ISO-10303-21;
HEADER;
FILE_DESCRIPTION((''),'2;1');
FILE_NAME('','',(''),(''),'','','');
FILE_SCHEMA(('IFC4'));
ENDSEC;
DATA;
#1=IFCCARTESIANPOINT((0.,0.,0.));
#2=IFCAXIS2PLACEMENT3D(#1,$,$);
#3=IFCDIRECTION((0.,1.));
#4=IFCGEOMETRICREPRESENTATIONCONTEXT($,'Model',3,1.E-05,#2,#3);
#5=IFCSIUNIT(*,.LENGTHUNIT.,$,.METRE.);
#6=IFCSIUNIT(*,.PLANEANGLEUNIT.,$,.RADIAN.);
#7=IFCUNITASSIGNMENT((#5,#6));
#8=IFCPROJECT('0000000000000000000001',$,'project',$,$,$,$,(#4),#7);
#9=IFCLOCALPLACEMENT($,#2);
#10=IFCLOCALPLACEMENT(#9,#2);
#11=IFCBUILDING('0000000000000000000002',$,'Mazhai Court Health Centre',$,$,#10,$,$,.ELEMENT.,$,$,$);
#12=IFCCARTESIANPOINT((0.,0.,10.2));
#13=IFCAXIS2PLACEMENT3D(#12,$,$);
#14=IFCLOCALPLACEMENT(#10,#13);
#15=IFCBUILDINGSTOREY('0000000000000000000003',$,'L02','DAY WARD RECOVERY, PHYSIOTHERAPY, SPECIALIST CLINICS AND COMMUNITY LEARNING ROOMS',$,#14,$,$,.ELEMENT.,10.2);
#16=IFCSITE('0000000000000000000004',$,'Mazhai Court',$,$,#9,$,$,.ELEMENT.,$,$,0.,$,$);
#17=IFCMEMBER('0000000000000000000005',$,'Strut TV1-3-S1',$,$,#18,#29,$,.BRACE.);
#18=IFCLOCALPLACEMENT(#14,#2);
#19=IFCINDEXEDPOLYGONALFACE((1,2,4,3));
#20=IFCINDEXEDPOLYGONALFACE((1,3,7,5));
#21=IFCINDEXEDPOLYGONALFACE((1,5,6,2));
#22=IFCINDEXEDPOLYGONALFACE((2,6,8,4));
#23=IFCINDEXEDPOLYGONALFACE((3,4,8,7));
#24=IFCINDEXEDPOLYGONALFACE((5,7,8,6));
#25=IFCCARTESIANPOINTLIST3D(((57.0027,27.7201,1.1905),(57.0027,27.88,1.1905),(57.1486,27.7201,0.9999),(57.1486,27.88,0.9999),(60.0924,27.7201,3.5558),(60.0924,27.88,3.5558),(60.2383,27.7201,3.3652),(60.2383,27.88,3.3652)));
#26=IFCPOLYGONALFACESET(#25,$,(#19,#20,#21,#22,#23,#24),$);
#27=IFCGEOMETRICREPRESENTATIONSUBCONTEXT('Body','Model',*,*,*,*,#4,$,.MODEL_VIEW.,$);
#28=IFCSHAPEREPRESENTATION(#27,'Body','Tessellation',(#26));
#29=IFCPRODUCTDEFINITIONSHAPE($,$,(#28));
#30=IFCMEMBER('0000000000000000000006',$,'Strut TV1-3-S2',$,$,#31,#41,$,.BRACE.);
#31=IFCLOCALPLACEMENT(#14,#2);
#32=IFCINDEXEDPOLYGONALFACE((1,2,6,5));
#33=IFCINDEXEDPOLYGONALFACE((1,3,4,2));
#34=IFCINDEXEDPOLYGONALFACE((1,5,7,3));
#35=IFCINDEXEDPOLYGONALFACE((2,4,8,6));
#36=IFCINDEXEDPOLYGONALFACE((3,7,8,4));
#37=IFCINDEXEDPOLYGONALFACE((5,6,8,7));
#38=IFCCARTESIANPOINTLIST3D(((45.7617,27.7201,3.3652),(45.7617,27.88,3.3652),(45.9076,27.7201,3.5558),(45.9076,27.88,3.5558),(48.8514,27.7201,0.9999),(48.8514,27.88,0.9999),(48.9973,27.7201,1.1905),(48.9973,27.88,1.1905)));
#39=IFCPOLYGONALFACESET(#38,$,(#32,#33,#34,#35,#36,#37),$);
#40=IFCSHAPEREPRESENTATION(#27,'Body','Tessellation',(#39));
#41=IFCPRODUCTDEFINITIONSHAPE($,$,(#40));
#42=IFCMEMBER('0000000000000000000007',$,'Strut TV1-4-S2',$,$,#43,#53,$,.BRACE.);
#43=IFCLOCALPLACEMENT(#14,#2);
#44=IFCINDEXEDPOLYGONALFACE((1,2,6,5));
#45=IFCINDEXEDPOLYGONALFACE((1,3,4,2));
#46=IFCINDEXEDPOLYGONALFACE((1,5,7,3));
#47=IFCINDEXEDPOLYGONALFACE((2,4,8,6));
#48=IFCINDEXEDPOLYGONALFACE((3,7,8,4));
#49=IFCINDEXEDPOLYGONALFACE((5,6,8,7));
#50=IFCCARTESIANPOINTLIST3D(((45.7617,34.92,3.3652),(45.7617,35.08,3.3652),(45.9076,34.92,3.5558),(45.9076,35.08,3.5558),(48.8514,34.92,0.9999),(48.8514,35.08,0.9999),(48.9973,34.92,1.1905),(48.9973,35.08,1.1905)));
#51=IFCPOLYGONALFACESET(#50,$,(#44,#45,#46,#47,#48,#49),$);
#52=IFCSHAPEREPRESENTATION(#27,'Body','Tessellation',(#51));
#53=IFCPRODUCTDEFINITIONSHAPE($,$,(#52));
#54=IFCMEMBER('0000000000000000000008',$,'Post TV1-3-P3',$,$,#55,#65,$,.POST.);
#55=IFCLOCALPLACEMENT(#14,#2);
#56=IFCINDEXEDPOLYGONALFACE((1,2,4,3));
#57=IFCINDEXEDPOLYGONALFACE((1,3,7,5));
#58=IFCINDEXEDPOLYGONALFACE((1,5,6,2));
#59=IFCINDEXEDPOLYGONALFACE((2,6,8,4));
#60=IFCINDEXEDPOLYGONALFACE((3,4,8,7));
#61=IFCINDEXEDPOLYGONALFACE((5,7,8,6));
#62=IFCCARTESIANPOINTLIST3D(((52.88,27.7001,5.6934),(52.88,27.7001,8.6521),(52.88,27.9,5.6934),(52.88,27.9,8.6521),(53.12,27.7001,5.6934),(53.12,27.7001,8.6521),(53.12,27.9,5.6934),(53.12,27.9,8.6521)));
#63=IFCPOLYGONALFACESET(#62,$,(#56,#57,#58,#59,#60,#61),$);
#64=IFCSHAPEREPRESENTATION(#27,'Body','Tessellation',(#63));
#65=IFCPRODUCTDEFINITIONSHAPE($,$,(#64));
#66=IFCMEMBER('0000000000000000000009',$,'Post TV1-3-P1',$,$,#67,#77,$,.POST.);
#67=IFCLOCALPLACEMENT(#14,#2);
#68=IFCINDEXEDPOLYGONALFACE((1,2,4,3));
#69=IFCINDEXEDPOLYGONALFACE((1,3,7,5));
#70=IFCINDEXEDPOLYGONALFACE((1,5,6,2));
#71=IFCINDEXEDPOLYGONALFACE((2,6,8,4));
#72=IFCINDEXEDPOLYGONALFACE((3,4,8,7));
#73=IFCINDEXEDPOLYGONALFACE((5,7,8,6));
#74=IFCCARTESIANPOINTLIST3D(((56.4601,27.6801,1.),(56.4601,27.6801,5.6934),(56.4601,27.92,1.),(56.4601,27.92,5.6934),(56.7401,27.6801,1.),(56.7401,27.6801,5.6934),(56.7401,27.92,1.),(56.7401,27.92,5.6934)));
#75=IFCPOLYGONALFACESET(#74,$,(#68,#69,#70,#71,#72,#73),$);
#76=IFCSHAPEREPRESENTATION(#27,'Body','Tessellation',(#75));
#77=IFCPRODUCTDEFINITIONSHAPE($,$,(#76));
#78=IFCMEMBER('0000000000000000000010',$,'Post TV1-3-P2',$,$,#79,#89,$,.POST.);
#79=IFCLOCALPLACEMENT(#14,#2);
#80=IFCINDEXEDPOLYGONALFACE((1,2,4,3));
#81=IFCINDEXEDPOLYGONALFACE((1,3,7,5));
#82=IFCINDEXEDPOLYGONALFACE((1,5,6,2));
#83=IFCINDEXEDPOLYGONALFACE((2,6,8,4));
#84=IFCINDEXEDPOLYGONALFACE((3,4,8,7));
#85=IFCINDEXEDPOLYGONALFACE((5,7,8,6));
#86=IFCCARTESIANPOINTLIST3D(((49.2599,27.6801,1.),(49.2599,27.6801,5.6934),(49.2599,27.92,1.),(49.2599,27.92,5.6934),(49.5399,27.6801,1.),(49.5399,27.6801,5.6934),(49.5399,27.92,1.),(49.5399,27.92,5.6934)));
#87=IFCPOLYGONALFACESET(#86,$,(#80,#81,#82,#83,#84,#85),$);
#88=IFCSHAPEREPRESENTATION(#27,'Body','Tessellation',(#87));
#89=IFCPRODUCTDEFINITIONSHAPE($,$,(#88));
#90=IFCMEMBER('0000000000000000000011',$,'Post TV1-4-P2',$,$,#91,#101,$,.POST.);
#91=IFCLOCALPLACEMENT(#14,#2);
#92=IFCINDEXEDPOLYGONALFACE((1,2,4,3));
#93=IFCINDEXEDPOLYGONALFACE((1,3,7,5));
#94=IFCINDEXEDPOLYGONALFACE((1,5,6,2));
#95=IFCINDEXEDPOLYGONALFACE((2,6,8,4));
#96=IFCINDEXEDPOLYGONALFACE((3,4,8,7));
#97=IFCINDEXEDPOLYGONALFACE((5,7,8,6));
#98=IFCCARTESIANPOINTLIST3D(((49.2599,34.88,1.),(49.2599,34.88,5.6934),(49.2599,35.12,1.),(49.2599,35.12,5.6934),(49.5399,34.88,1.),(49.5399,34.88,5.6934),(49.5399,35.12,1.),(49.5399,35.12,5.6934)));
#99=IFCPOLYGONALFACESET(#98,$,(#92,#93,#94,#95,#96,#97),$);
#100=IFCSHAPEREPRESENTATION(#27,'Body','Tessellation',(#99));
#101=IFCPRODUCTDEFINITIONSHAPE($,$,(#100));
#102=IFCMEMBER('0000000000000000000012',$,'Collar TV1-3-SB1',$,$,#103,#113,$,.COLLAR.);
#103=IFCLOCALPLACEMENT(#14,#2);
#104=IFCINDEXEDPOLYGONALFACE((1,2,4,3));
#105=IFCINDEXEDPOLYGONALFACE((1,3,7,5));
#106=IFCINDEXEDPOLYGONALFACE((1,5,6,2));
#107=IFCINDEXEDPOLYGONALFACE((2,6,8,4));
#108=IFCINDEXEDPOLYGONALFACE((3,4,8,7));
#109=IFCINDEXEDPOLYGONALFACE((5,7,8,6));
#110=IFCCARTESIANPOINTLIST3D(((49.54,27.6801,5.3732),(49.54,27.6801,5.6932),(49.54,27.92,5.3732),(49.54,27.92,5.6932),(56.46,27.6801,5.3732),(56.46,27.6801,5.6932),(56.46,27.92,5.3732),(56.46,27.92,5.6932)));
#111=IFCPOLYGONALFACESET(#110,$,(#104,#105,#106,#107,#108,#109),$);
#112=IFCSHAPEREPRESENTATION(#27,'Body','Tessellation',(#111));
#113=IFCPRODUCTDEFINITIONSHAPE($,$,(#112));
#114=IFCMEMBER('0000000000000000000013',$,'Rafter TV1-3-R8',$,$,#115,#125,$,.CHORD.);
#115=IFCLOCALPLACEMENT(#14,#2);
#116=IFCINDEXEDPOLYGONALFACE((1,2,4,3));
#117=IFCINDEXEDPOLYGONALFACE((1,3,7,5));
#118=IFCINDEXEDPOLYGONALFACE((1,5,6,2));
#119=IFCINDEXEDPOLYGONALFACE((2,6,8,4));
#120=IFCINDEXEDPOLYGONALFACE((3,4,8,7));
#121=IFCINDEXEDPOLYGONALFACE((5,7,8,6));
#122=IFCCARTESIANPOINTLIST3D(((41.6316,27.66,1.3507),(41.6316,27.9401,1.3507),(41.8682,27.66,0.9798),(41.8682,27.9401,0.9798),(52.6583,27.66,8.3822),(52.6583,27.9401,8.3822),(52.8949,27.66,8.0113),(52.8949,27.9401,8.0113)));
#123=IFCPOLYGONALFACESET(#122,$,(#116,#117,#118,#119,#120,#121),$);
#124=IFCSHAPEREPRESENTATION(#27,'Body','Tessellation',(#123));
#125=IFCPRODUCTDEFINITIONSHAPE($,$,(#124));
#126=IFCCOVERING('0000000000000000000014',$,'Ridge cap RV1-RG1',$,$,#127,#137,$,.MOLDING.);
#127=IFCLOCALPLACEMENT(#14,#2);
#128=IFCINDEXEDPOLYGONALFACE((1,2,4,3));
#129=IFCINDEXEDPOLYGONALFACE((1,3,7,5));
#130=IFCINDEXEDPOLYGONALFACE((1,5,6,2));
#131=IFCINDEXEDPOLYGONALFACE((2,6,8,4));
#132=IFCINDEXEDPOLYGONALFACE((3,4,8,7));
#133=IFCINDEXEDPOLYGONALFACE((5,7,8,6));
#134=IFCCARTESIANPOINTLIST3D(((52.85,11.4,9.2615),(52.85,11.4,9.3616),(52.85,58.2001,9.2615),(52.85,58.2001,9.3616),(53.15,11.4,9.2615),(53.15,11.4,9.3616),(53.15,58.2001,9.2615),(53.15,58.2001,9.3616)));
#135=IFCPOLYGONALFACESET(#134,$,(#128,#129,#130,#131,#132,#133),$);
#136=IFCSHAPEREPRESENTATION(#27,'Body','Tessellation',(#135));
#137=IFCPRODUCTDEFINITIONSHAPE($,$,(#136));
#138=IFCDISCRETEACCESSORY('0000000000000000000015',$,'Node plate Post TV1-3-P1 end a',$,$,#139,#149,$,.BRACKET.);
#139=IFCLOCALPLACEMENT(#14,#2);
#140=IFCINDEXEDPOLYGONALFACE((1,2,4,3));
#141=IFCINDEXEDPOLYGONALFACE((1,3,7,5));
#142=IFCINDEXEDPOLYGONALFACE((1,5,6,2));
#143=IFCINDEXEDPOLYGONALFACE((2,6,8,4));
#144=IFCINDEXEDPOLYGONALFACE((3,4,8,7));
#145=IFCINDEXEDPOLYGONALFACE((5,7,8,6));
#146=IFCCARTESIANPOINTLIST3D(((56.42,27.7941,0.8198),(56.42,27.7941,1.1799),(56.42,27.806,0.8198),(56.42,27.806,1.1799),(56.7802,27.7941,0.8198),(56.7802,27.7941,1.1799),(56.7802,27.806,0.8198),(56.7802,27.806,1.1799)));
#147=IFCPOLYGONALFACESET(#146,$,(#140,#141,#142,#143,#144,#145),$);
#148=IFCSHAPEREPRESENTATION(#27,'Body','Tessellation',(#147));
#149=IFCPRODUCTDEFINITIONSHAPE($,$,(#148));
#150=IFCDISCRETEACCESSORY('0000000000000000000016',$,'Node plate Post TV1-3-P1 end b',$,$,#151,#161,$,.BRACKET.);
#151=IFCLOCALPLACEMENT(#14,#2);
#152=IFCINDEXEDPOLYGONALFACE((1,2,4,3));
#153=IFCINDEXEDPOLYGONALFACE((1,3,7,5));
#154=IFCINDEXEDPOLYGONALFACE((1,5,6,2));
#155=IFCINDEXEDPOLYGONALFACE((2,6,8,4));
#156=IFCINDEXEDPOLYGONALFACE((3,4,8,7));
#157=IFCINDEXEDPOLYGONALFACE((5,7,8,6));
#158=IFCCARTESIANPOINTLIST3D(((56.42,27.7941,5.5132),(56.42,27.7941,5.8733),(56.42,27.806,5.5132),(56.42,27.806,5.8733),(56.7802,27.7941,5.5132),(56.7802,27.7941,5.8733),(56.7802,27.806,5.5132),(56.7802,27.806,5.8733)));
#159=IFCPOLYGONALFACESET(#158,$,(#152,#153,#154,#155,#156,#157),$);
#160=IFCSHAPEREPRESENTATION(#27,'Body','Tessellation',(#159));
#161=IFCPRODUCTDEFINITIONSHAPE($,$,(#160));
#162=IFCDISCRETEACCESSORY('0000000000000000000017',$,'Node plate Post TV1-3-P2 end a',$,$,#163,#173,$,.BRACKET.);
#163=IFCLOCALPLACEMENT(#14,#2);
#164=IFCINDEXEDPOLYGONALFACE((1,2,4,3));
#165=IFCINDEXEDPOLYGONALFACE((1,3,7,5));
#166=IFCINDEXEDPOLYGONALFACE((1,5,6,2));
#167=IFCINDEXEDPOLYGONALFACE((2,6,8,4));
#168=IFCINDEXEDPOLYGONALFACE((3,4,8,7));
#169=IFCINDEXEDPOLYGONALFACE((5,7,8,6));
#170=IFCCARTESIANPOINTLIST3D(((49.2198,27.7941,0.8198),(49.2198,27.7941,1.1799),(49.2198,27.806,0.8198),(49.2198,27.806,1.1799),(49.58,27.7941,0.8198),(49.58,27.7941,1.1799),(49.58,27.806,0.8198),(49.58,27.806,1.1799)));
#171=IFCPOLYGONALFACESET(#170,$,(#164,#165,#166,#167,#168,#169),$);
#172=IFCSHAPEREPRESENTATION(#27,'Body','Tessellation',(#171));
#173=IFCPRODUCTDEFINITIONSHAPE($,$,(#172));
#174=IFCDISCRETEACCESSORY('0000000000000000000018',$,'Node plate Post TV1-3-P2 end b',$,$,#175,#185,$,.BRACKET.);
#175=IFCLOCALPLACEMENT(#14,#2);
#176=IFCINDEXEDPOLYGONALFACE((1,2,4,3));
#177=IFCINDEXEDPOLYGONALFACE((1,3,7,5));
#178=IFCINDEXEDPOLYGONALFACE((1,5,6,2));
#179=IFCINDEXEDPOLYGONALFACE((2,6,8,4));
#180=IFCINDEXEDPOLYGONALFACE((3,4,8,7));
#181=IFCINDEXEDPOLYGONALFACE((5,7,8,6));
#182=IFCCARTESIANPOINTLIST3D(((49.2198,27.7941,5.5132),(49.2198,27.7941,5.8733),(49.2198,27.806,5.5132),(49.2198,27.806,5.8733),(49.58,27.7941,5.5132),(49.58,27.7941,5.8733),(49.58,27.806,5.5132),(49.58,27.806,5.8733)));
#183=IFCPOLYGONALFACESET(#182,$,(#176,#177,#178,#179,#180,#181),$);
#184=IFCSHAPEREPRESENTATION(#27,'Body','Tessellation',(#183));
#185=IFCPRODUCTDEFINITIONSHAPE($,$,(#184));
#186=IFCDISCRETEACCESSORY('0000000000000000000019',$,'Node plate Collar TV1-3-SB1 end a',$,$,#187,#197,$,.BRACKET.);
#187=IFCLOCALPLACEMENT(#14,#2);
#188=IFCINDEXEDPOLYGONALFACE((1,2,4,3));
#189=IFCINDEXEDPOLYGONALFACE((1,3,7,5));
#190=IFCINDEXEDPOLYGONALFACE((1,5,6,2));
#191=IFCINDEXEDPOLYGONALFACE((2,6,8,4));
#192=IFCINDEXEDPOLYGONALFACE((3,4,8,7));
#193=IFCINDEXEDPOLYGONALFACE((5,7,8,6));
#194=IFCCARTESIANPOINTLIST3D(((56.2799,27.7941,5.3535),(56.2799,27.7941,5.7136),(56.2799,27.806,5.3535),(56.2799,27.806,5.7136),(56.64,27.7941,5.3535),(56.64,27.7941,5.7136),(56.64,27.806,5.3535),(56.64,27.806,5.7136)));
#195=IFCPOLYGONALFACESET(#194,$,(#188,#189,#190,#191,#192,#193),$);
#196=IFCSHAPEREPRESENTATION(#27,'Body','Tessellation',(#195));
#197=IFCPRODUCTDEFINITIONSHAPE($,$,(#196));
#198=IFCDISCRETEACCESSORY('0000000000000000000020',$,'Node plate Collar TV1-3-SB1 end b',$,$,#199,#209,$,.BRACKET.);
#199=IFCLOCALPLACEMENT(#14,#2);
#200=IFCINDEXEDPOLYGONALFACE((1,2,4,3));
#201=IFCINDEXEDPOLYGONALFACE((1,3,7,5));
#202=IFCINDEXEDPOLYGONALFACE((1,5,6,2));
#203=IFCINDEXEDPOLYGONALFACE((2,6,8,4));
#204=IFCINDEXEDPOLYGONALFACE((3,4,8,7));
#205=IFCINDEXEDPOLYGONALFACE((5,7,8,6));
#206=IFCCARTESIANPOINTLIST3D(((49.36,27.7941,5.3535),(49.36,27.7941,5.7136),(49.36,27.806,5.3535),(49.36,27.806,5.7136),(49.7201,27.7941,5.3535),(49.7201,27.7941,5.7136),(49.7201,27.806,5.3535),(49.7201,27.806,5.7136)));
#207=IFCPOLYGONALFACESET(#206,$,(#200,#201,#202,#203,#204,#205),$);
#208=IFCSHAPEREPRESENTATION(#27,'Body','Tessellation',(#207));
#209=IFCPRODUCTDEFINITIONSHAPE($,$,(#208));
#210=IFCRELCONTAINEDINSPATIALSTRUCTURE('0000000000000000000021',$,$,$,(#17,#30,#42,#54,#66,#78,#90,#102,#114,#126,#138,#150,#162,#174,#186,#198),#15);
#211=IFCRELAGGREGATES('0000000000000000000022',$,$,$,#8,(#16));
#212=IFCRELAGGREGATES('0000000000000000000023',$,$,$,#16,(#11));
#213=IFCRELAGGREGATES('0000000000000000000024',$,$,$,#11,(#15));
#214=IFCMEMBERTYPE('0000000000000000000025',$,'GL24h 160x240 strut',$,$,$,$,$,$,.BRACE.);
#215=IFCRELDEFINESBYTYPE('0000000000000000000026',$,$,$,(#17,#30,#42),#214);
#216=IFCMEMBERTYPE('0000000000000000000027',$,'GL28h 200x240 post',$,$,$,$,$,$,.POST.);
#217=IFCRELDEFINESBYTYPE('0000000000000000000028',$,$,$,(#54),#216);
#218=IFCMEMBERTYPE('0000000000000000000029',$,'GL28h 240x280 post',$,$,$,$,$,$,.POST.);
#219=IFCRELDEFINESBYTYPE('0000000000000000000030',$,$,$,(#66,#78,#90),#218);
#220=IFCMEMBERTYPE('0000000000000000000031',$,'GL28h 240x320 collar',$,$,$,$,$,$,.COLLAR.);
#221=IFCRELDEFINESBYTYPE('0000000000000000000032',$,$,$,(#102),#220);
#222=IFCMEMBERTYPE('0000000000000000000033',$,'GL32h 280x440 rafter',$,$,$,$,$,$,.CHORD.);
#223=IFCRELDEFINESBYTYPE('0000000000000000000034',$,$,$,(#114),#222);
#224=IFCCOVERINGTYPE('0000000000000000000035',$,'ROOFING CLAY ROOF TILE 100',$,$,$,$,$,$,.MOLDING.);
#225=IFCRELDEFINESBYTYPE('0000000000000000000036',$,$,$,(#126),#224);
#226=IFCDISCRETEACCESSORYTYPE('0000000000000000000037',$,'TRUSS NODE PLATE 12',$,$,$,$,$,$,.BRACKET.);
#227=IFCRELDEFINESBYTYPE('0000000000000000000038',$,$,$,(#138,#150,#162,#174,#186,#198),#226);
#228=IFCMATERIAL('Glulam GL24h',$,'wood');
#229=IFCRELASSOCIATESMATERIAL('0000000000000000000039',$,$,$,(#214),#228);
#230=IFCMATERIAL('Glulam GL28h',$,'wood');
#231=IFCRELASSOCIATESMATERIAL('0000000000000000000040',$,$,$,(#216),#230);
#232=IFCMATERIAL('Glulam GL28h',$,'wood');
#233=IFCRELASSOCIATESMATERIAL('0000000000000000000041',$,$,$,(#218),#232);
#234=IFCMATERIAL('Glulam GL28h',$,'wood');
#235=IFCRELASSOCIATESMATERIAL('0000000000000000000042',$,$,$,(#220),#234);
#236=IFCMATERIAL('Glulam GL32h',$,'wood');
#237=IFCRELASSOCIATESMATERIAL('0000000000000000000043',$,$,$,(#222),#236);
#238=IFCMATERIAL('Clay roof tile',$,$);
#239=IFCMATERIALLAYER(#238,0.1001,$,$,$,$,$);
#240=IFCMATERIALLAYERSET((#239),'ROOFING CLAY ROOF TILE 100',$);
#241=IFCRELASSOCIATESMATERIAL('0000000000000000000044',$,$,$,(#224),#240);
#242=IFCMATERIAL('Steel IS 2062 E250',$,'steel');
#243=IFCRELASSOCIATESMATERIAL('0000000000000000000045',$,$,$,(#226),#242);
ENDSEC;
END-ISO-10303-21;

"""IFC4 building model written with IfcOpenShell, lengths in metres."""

from ifc_helpers import new_model, si_unit, direction, frame, origin, origin_2d, place, context, subcontext, project, spatial, rectangle, extrude, material, layer, layer_set, material_profile, profile_set, type_object, element, save


model = new_model("IFC4")

# Units and contexts
model_context = context("Model", 3, precision=1e-05, world=origin(), true_north=direction((0.0, 1.0)))
body_context = subcontext(model_context, "Body", "Model", "MODEL_VIEW")
ifc_project = project(units=[si_unit("LENGTHUNIT", "METRE"), si_unit("PLANEANGLEUNIT", "RADIAN")], contexts=[model_context])

# Site, building, storey
site_placement = place(None, origin())
site = spatial("IfcSite", under=ifc_project, at=site_placement, Name="Mazhai Court", CompositionType="ELEMENT", RefElevation=0.0)
building_placement = place(site_placement, origin())
building = spatial("IfcBuilding", under=site, at=building_placement, Name="Mazhai Court Health Centre", CompositionType="ELEMENT")
storey_placement = place(building_placement, frame((0.0, 0.0, 10.2)))
storey = spatial("IfcBuildingStorey", under=building, at=storey_placement, Name="L02", Description="DAY WARD RECOVERY, PHYSIOTHERAPY, SPECIALIST CLINICS AND COMMUNITY LEARNING ROOMS", CompositionType="ELEMENT", Elevation=10.2)

# Members
ifc_material_1 = material(Name="Glulam GL24h", Category="wood")
ifc_material_profile_1 = material_profile(ifc_material_1, rectangle(XDim=0.1599, YDim=0.24, at=origin_2d()), Name="GL24h 160x240")
ifc_profile_set_1 = profile_set([ifc_material_profile_1], Name="Glulam GL24h")
member_type_1 = type_object("IfcMemberType", Name="GL24h 160x240 strut", PredefinedType="BRACE", material=ifc_profile_set_1)
for number, where, z_axis, x_axis, name in (
    (1, (57.0757, 27.8, 1.0952), (0.794035, 0.0, 0.607872), (0.0, 1.0, 0.0), "Strut TV1-3-S1"),
    (2, (48.9243, 27.8, 1.0952), (-0.794035, 0.0, 0.607872), (0.0, -1.0, 0.0), "Strut TV1-3-S2"),
    (3, (48.9243, 35.0, 1.0952), (-0.794035, 0.0, 0.607872), (0.0, -1.0, 0.0), "Strut TV1-4-S2"),
):
    element("IfcMember", number, at=place(storey_placement, frame(where, z_axis=z_axis, x_axis=x_axis)), inside=storey, type_object=member_type_1, Name=name, PredefinedType="BRACE", context=body_context, shape_type="SweptSolid", body=[
        extrude(rectangle(XDim=0.1599, YDim=0.24, at=origin_2d()), origin(), (0.0, 0.0, 1.0), 3.8911),
    ])
ifc_material_2 = material(Name="Glulam GL28h", Category="wood")
ifc_material_profile_2 = material_profile(ifc_material_2, rectangle(XDim=0.2, YDim=0.24, at=origin_2d()), Name="GL28h 200x240")
ifc_profile_set_2 = profile_set([ifc_material_profile_2], Name="Glulam GL28h")
member_type_2 = type_object("IfcMemberType", Name="GL28h 200x240 post", PredefinedType="POST", material=ifc_profile_set_2)
member_1_placement = place(storey_placement, frame((53.0, 27.8, 5.6934), z_axis=(0.0, 0.0, 1.0), x_axis=(0.0, 1.0, 0.0)))
element("IfcMember", 4, at=member_1_placement, inside=storey, type_object=member_type_2, Name="Post TV1-3-P3", PredefinedType="POST", context=body_context, shape_type="SweptSolid", body=[
    extrude(rectangle(XDim=0.2, YDim=0.24, at=origin_2d()), origin(), (0.0, 0.0, 1.0), 2.9587),
])
ifc_material_3 = material(Name="Glulam GL28h", Category="wood")
ifc_material_profile_3 = material_profile(ifc_material_3, rectangle(XDim=0.24, YDim=0.28, at=origin_2d()), Name="GL28h 240x280")
ifc_profile_set_3 = profile_set([ifc_material_profile_3], Name="Glulam GL28h")
member_type_3 = type_object("IfcMemberType", Name="GL28h 240x280 post", PredefinedType="POST", material=ifc_profile_set_3)
for number, where, z_axis, x_axis, name in (
    (5, (56.6001, 27.8, 1.0), (0.0, 0.0, 1.0), (0.0, 1.0, 0.0), "Post TV1-3-P1"),
    (6, (49.3999, 27.8, 1.0), (0.0, 0.0, 1.0), (0.0, 1.0, 0.0), "Post TV1-3-P2"),
    (7, (49.3999, 35.0, 1.0), (0.0, 0.0, 1.0), (0.0, 1.0, 0.0), "Post TV1-4-P2"),
):
    element("IfcMember", number, at=place(storey_placement, frame(where, z_axis=z_axis, x_axis=x_axis)), inside=storey, type_object=member_type_3, Name=name, PredefinedType="POST", context=body_context, shape_type="SweptSolid", body=[
        extrude(rectangle(XDim=0.24, YDim=0.28, at=origin_2d()), origin(), (0.0, 0.0, 1.0), 4.6934),
    ])
ifc_material_4 = material(Name="Glulam GL28h", Category="wood")
ifc_material_profile_4 = material_profile(ifc_material_4, rectangle(XDim=0.24, YDim=0.3201, at=origin_2d()), Name="GL28h 240x320")
ifc_profile_set_4 = profile_set([ifc_material_profile_4], Name="Glulam GL28h")
member_type_4 = type_object("IfcMemberType", Name="GL28h 240x320 collar", PredefinedType="COLLAR", material=ifc_profile_set_4)
member_2_placement = place(storey_placement, frame((56.46, 27.8, 5.5332), z_axis=(-1.0, 0.0, 0.0), x_axis=(0.0, -1.0, 0.0)))
element("IfcMember", 8, at=member_2_placement, inside=storey, type_object=member_type_4, Name="Collar TV1-3-SB1", PredefinedType="COLLAR", context=body_context, shape_type="SweptSolid", body=[
    extrude(rectangle(XDim=0.24, YDim=0.3201, at=origin_2d()), origin(), (0.0, 0.0, 1.0), 6.9199),
])
ifc_material_5 = material(Name="Glulam GL32h", Category="wood")
ifc_material_profile_5 = material_profile(ifc_material_5, rectangle(XDim=0.28, YDim=0.4399, at=origin_2d()), Name="GL32h 280x440")
ifc_profile_set_5 = profile_set([ifc_material_profile_5], Name="Glulam GL32h")
member_type_5 = type_object("IfcMemberType", Name="GL32h 280x440 rafter", PredefinedType="CHORD", material=ifc_profile_set_5)
member_3_placement = place(storey_placement, frame((52.7766, 27.8, 8.1968), z_axis=(-0.843157, 0.0, -0.537668), x_axis=(0.0, -1.0, 0.0)))
element("IfcMember", 9, at=member_3_placement, inside=storey, type_object=member_type_5, Name="Rafter TV1-3-R8", PredefinedType="CHORD", context=body_context, shape_type="SweptSolid", body=[
    extrude(rectangle(XDim=0.28, YDim=0.4399, at=origin_2d()), origin(), (0.0, 0.0, 1.0), 13.0779),
])

# Covering
ifc_material_6 = material(Name="Clay roof tile")
ifc_layer = layer(ifc_material_6, 0.1001)
ifc_layer_set = layer_set([ifc_layer], Name="ROOFING CLAY ROOF TILE 100")
covering_type = type_object("IfcCoveringType", Name="ROOFING CLAY ROOF TILE 100", PredefinedType="MOLDING", material=ifc_layer_set)
covering_placement = place(storey_placement, frame((53.0, 34.8, 9.2615), z_axis=(0.0, 0.0, 1.0), x_axis=(1.0, 0.0, 0.0)))
element("IfcCovering", 10, at=covering_placement, inside=storey, type_object=covering_type, Name="Ridge cap RV1-RG1", PredefinedType="MOLDING", context=body_context, shape_type="SweptSolid", body=[
    extrude(rectangle(XDim=0.3, YDim=46.8, at=origin_2d()), origin(), (0.0, 0.0, 1.0), 0.1001),
])

# Discrete accessories
ifc_material_7 = material(Name="Steel IS 2062 E250", Category="steel")
discrete_accessory_type = type_object("IfcDiscreteAccessoryType", Name="TRUSS NODE PLATE 12", PredefinedType="BRACKET", material=ifc_material_7)
for number, where, z_axis, x_axis, name in (
    (11, (56.6001, 27.8, 0.8198), (0.0, 0.0, 1.0), (1.0, 0.0, 0.0), "Node plate Post TV1-3-P1 end a"),
    (12, (56.6001, 27.8, 5.5132), (0.0, 0.0, 1.0), (1.0, 0.0, 0.0), "Node plate Post TV1-3-P1 end b"),
    (13, (49.3999, 27.8, 0.8198), (0.0, 0.0, 1.0), (1.0, 0.0, 0.0), "Node plate Post TV1-3-P2 end a"),
    (14, (49.3999, 27.8, 5.5132), (0.0, 0.0, 1.0), (1.0, 0.0, 0.0), "Node plate Post TV1-3-P2 end b"),
    (15, (56.46, 27.8, 5.3535), (0.0, 0.0, 1.0), (1.0, 0.0, 0.0), "Node plate Collar TV1-3-SB1 end a"),
    (16, (49.54, 27.8, 5.3535), (0.0, 0.0, 1.0), (1.0, 0.0, 0.0), "Node plate Collar TV1-3-SB1 end b"),
):
    element("IfcDiscreteAccessory", number, at=place(storey_placement, frame(where, z_axis=z_axis, x_axis=x_axis)), inside=storey, type_object=discrete_accessory_type, Name=name, PredefinedType="BRACKET", context=body_context, shape_type="SweptSolid", body=[
        extrude(rectangle(XDim=0.3601, YDim=0.012, at=origin_2d()), origin(), (0.0, 0.0, 1.0), 0.3601),
    ])

save(model, "model.ifc")
